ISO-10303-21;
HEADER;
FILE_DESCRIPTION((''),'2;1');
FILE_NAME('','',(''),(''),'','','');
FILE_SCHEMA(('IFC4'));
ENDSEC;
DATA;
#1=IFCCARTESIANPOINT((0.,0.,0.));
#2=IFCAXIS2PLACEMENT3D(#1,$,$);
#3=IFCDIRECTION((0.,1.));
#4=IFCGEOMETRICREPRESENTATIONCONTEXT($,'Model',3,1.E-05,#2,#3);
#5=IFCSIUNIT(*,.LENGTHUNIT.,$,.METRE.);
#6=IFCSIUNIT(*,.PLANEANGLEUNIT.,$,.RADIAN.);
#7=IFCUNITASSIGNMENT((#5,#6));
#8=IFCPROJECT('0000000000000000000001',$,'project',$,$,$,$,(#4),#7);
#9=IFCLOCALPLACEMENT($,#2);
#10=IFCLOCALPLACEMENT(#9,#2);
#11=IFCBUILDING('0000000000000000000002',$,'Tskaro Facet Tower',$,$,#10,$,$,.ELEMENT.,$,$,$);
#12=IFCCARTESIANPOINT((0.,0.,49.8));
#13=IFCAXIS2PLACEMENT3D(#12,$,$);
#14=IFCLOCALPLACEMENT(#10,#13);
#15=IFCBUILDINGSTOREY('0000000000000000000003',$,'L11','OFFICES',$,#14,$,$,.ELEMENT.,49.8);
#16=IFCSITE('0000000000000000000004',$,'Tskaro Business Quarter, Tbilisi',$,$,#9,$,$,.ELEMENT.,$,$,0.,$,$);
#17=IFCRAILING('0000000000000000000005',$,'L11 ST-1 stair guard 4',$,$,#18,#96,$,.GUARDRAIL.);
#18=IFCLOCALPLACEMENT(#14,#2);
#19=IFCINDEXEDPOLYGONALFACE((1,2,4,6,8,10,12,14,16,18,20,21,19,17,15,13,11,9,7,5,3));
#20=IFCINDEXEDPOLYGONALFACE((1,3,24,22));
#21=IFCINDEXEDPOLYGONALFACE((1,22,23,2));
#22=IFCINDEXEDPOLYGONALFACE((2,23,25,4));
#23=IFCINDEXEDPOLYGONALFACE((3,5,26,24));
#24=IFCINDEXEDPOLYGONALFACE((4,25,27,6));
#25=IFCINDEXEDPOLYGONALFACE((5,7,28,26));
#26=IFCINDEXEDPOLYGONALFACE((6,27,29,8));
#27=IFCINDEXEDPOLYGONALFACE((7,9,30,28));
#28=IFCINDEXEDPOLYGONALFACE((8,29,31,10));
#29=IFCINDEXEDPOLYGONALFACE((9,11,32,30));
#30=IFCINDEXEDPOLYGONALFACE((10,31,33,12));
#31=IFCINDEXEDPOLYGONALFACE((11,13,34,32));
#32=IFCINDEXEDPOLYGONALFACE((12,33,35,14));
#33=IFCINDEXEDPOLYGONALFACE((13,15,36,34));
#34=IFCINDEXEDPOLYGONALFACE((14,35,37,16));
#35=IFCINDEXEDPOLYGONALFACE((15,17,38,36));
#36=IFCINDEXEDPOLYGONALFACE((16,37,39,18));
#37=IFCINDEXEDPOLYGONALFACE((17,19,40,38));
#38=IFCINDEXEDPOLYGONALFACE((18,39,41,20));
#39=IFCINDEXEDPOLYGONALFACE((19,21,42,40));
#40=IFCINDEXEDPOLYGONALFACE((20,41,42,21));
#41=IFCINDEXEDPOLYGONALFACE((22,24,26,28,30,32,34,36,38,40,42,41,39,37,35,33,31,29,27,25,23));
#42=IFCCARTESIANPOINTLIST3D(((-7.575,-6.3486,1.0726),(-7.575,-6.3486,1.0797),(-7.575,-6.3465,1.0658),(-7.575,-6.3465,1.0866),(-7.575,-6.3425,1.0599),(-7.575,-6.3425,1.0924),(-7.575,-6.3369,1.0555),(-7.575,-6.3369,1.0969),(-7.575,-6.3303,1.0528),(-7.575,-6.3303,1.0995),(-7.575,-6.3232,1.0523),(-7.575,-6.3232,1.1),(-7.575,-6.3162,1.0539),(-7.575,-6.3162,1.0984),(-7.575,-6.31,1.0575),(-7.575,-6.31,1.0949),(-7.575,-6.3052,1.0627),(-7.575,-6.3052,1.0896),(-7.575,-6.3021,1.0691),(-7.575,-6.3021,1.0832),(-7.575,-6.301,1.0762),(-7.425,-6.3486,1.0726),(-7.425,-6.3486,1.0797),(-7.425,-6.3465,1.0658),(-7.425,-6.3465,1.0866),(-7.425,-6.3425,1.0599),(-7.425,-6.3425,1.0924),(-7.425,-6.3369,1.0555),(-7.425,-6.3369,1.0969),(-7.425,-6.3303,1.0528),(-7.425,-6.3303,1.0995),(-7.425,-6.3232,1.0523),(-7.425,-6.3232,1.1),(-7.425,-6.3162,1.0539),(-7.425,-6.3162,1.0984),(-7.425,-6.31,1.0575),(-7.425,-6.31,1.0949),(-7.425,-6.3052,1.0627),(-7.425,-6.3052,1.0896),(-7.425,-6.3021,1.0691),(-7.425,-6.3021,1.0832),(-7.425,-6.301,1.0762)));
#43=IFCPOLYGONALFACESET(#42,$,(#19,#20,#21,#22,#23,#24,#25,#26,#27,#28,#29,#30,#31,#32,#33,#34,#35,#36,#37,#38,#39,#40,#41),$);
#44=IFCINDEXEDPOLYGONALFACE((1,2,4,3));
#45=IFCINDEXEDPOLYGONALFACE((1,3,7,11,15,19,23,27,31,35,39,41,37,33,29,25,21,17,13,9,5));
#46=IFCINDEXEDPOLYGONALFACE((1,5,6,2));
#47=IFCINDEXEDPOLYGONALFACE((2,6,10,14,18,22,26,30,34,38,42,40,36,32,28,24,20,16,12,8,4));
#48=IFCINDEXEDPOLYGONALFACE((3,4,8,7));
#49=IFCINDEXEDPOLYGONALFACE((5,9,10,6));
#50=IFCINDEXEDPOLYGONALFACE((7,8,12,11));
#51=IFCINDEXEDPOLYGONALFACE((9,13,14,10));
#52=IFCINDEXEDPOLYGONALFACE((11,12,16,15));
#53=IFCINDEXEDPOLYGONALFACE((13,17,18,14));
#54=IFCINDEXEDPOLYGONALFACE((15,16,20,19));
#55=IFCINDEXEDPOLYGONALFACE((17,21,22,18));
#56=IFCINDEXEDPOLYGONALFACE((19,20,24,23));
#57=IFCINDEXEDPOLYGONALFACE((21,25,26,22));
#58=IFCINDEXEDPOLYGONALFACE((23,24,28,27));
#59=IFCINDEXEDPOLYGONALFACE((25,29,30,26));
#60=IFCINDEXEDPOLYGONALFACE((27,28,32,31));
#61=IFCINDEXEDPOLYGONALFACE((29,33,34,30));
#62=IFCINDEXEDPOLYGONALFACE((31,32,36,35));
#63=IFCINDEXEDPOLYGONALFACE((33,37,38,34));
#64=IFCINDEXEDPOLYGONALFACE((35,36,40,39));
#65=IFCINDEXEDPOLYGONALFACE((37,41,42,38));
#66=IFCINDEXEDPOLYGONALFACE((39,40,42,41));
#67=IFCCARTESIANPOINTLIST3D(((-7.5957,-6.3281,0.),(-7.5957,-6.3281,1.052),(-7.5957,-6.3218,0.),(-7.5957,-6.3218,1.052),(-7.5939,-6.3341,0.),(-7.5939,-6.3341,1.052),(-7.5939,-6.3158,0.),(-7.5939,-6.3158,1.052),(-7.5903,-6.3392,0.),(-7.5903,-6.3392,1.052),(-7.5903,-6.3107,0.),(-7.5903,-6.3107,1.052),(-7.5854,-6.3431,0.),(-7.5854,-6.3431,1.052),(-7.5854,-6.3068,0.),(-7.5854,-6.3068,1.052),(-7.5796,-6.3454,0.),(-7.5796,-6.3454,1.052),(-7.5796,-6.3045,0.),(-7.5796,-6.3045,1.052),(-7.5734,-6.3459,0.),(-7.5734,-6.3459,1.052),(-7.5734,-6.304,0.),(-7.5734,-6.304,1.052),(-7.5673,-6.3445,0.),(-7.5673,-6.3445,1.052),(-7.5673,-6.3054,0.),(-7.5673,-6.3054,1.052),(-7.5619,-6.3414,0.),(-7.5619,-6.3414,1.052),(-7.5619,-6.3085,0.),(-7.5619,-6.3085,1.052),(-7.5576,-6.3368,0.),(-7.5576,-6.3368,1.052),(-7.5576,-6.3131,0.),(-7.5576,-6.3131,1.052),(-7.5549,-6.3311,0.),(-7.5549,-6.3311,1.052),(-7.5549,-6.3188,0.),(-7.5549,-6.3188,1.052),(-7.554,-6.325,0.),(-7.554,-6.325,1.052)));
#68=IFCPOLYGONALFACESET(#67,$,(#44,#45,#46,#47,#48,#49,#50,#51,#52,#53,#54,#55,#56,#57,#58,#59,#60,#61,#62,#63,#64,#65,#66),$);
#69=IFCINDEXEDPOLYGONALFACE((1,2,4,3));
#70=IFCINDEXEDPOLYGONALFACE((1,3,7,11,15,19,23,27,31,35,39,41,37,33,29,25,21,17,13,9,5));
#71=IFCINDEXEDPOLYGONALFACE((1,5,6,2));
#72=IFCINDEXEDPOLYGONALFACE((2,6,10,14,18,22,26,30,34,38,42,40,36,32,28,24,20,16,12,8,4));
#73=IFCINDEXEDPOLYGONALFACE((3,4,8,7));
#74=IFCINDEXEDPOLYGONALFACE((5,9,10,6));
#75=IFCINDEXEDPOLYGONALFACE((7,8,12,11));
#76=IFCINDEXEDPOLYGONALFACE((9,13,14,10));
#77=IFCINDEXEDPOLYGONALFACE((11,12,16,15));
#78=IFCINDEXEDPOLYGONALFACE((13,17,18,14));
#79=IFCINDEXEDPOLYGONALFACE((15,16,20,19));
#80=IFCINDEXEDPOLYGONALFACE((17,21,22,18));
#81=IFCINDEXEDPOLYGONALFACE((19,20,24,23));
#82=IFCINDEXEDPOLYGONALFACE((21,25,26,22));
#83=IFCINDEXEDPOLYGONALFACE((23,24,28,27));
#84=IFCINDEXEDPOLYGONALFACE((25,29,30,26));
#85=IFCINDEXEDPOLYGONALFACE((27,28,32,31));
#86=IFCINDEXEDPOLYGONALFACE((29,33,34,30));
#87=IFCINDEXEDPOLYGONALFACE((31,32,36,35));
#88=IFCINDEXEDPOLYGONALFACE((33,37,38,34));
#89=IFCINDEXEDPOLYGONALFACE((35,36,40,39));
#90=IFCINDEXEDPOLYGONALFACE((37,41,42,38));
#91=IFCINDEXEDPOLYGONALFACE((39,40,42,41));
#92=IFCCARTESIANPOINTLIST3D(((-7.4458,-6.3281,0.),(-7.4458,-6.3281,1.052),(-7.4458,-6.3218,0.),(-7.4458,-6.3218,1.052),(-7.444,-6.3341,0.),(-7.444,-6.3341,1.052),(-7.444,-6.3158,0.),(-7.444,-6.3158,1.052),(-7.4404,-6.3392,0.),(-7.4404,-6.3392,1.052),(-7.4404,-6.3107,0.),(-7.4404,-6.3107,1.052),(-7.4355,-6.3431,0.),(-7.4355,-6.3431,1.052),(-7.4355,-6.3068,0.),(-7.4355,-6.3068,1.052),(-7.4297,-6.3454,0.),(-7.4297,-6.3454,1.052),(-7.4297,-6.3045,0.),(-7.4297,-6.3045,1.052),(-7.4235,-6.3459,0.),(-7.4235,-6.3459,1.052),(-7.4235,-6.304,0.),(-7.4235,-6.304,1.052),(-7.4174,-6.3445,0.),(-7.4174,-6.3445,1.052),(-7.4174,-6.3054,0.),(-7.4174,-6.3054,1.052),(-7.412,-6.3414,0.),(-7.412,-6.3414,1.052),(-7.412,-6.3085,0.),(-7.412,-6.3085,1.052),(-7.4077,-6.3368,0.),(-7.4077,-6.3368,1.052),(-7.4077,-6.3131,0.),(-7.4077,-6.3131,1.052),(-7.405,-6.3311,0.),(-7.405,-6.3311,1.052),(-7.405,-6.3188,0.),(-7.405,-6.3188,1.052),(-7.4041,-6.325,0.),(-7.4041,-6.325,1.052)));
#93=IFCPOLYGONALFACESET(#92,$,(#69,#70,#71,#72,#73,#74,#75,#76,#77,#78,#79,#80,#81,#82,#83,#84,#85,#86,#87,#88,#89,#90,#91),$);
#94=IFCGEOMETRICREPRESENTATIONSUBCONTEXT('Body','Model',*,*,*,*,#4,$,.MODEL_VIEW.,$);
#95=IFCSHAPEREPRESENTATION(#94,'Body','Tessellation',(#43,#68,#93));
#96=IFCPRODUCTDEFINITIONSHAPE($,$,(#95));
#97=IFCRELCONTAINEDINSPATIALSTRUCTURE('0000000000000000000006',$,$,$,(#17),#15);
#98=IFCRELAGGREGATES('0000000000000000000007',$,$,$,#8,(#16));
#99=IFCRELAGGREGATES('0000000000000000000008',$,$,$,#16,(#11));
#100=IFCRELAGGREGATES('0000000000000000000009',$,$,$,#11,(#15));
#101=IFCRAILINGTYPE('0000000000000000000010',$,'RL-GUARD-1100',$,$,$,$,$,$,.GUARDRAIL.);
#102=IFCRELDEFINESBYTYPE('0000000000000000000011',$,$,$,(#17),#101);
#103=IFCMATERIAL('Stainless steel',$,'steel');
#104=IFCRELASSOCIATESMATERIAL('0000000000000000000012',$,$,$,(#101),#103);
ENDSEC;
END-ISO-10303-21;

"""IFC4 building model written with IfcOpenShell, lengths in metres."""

from ifc_helpers import new_model, si_unit, direction, frame, origin, origin_2d, place, context, subcontext, project, spatial, circle, extrude, material, type_object, element, save


model = new_model("IFC4")

# Units and contexts
model_context = context("Model", 3, precision=1e-05, world=origin(), true_north=direction((0.0, 1.0)))
body_context = subcontext(model_context, "Body", "Model", "MODEL_VIEW")
ifc_project = project(units=[si_unit("LENGTHUNIT", "METRE"), si_unit("PLANEANGLEUNIT", "RADIAN")], contexts=[model_context])

# Site, building, storey
site_placement = place(None, origin())
site = spatial("IfcSite", under=ifc_project, at=site_placement, Name="Tskaro Business Quarter, Tbilisi", CompositionType="ELEMENT", RefElevation=0.0)
building_placement = place(site_placement, origin())
building = spatial("IfcBuilding", under=site, at=building_placement, Name="Tskaro Facet Tower", CompositionType="ELEMENT")
storey_placement = place(building_placement, frame((0.0, 0.0, 49.8)))
storey = spatial("IfcBuildingStorey", under=building, at=storey_placement, Name="L11", Description="OFFICES", CompositionType="ELEMENT", Elevation=49.8)

# Shared definitions
ifc_material_1 = material(Name="Stainless steel", Category="steel")

# Railing
railing_type_1 = type_object("IfcRailingType", Name="RL-GUARD-1100", PredefinedType="GUARDRAIL", material=ifc_material_1)
railing_1_placement = place(storey_placement, frame((-7.575, -6.325, 0.0)))
element("IfcRailing", 1, at=railing_1_placement, inside=storey, type_object=railing_type_1, Name="L11 ST-1 stair guard 4", PredefinedType="GUARDRAIL", context=body_context, shape_type="SweptSolid", body=[
    extrude(circle(Radius=0.0239, at=origin_2d()), frame((0.0, 0.0, 1.0762), z_axis=(1.0, 0.0, 0.0), x_axis=(0.0, 1.0, 0.0)), (0.0, 0.0, 1.0), 0.1499),
    extrude(circle(Radius=0.021, at=origin_2d()), origin(), (0.0, 0.0, 1.0), 1.052),
    extrude(circle(Radius=0.021, at=origin_2d()), frame((0.1499, 0.0, 0.0)), (0.0, 0.0, 1.0), 1.052),
])

save(model, "model.ifc")
